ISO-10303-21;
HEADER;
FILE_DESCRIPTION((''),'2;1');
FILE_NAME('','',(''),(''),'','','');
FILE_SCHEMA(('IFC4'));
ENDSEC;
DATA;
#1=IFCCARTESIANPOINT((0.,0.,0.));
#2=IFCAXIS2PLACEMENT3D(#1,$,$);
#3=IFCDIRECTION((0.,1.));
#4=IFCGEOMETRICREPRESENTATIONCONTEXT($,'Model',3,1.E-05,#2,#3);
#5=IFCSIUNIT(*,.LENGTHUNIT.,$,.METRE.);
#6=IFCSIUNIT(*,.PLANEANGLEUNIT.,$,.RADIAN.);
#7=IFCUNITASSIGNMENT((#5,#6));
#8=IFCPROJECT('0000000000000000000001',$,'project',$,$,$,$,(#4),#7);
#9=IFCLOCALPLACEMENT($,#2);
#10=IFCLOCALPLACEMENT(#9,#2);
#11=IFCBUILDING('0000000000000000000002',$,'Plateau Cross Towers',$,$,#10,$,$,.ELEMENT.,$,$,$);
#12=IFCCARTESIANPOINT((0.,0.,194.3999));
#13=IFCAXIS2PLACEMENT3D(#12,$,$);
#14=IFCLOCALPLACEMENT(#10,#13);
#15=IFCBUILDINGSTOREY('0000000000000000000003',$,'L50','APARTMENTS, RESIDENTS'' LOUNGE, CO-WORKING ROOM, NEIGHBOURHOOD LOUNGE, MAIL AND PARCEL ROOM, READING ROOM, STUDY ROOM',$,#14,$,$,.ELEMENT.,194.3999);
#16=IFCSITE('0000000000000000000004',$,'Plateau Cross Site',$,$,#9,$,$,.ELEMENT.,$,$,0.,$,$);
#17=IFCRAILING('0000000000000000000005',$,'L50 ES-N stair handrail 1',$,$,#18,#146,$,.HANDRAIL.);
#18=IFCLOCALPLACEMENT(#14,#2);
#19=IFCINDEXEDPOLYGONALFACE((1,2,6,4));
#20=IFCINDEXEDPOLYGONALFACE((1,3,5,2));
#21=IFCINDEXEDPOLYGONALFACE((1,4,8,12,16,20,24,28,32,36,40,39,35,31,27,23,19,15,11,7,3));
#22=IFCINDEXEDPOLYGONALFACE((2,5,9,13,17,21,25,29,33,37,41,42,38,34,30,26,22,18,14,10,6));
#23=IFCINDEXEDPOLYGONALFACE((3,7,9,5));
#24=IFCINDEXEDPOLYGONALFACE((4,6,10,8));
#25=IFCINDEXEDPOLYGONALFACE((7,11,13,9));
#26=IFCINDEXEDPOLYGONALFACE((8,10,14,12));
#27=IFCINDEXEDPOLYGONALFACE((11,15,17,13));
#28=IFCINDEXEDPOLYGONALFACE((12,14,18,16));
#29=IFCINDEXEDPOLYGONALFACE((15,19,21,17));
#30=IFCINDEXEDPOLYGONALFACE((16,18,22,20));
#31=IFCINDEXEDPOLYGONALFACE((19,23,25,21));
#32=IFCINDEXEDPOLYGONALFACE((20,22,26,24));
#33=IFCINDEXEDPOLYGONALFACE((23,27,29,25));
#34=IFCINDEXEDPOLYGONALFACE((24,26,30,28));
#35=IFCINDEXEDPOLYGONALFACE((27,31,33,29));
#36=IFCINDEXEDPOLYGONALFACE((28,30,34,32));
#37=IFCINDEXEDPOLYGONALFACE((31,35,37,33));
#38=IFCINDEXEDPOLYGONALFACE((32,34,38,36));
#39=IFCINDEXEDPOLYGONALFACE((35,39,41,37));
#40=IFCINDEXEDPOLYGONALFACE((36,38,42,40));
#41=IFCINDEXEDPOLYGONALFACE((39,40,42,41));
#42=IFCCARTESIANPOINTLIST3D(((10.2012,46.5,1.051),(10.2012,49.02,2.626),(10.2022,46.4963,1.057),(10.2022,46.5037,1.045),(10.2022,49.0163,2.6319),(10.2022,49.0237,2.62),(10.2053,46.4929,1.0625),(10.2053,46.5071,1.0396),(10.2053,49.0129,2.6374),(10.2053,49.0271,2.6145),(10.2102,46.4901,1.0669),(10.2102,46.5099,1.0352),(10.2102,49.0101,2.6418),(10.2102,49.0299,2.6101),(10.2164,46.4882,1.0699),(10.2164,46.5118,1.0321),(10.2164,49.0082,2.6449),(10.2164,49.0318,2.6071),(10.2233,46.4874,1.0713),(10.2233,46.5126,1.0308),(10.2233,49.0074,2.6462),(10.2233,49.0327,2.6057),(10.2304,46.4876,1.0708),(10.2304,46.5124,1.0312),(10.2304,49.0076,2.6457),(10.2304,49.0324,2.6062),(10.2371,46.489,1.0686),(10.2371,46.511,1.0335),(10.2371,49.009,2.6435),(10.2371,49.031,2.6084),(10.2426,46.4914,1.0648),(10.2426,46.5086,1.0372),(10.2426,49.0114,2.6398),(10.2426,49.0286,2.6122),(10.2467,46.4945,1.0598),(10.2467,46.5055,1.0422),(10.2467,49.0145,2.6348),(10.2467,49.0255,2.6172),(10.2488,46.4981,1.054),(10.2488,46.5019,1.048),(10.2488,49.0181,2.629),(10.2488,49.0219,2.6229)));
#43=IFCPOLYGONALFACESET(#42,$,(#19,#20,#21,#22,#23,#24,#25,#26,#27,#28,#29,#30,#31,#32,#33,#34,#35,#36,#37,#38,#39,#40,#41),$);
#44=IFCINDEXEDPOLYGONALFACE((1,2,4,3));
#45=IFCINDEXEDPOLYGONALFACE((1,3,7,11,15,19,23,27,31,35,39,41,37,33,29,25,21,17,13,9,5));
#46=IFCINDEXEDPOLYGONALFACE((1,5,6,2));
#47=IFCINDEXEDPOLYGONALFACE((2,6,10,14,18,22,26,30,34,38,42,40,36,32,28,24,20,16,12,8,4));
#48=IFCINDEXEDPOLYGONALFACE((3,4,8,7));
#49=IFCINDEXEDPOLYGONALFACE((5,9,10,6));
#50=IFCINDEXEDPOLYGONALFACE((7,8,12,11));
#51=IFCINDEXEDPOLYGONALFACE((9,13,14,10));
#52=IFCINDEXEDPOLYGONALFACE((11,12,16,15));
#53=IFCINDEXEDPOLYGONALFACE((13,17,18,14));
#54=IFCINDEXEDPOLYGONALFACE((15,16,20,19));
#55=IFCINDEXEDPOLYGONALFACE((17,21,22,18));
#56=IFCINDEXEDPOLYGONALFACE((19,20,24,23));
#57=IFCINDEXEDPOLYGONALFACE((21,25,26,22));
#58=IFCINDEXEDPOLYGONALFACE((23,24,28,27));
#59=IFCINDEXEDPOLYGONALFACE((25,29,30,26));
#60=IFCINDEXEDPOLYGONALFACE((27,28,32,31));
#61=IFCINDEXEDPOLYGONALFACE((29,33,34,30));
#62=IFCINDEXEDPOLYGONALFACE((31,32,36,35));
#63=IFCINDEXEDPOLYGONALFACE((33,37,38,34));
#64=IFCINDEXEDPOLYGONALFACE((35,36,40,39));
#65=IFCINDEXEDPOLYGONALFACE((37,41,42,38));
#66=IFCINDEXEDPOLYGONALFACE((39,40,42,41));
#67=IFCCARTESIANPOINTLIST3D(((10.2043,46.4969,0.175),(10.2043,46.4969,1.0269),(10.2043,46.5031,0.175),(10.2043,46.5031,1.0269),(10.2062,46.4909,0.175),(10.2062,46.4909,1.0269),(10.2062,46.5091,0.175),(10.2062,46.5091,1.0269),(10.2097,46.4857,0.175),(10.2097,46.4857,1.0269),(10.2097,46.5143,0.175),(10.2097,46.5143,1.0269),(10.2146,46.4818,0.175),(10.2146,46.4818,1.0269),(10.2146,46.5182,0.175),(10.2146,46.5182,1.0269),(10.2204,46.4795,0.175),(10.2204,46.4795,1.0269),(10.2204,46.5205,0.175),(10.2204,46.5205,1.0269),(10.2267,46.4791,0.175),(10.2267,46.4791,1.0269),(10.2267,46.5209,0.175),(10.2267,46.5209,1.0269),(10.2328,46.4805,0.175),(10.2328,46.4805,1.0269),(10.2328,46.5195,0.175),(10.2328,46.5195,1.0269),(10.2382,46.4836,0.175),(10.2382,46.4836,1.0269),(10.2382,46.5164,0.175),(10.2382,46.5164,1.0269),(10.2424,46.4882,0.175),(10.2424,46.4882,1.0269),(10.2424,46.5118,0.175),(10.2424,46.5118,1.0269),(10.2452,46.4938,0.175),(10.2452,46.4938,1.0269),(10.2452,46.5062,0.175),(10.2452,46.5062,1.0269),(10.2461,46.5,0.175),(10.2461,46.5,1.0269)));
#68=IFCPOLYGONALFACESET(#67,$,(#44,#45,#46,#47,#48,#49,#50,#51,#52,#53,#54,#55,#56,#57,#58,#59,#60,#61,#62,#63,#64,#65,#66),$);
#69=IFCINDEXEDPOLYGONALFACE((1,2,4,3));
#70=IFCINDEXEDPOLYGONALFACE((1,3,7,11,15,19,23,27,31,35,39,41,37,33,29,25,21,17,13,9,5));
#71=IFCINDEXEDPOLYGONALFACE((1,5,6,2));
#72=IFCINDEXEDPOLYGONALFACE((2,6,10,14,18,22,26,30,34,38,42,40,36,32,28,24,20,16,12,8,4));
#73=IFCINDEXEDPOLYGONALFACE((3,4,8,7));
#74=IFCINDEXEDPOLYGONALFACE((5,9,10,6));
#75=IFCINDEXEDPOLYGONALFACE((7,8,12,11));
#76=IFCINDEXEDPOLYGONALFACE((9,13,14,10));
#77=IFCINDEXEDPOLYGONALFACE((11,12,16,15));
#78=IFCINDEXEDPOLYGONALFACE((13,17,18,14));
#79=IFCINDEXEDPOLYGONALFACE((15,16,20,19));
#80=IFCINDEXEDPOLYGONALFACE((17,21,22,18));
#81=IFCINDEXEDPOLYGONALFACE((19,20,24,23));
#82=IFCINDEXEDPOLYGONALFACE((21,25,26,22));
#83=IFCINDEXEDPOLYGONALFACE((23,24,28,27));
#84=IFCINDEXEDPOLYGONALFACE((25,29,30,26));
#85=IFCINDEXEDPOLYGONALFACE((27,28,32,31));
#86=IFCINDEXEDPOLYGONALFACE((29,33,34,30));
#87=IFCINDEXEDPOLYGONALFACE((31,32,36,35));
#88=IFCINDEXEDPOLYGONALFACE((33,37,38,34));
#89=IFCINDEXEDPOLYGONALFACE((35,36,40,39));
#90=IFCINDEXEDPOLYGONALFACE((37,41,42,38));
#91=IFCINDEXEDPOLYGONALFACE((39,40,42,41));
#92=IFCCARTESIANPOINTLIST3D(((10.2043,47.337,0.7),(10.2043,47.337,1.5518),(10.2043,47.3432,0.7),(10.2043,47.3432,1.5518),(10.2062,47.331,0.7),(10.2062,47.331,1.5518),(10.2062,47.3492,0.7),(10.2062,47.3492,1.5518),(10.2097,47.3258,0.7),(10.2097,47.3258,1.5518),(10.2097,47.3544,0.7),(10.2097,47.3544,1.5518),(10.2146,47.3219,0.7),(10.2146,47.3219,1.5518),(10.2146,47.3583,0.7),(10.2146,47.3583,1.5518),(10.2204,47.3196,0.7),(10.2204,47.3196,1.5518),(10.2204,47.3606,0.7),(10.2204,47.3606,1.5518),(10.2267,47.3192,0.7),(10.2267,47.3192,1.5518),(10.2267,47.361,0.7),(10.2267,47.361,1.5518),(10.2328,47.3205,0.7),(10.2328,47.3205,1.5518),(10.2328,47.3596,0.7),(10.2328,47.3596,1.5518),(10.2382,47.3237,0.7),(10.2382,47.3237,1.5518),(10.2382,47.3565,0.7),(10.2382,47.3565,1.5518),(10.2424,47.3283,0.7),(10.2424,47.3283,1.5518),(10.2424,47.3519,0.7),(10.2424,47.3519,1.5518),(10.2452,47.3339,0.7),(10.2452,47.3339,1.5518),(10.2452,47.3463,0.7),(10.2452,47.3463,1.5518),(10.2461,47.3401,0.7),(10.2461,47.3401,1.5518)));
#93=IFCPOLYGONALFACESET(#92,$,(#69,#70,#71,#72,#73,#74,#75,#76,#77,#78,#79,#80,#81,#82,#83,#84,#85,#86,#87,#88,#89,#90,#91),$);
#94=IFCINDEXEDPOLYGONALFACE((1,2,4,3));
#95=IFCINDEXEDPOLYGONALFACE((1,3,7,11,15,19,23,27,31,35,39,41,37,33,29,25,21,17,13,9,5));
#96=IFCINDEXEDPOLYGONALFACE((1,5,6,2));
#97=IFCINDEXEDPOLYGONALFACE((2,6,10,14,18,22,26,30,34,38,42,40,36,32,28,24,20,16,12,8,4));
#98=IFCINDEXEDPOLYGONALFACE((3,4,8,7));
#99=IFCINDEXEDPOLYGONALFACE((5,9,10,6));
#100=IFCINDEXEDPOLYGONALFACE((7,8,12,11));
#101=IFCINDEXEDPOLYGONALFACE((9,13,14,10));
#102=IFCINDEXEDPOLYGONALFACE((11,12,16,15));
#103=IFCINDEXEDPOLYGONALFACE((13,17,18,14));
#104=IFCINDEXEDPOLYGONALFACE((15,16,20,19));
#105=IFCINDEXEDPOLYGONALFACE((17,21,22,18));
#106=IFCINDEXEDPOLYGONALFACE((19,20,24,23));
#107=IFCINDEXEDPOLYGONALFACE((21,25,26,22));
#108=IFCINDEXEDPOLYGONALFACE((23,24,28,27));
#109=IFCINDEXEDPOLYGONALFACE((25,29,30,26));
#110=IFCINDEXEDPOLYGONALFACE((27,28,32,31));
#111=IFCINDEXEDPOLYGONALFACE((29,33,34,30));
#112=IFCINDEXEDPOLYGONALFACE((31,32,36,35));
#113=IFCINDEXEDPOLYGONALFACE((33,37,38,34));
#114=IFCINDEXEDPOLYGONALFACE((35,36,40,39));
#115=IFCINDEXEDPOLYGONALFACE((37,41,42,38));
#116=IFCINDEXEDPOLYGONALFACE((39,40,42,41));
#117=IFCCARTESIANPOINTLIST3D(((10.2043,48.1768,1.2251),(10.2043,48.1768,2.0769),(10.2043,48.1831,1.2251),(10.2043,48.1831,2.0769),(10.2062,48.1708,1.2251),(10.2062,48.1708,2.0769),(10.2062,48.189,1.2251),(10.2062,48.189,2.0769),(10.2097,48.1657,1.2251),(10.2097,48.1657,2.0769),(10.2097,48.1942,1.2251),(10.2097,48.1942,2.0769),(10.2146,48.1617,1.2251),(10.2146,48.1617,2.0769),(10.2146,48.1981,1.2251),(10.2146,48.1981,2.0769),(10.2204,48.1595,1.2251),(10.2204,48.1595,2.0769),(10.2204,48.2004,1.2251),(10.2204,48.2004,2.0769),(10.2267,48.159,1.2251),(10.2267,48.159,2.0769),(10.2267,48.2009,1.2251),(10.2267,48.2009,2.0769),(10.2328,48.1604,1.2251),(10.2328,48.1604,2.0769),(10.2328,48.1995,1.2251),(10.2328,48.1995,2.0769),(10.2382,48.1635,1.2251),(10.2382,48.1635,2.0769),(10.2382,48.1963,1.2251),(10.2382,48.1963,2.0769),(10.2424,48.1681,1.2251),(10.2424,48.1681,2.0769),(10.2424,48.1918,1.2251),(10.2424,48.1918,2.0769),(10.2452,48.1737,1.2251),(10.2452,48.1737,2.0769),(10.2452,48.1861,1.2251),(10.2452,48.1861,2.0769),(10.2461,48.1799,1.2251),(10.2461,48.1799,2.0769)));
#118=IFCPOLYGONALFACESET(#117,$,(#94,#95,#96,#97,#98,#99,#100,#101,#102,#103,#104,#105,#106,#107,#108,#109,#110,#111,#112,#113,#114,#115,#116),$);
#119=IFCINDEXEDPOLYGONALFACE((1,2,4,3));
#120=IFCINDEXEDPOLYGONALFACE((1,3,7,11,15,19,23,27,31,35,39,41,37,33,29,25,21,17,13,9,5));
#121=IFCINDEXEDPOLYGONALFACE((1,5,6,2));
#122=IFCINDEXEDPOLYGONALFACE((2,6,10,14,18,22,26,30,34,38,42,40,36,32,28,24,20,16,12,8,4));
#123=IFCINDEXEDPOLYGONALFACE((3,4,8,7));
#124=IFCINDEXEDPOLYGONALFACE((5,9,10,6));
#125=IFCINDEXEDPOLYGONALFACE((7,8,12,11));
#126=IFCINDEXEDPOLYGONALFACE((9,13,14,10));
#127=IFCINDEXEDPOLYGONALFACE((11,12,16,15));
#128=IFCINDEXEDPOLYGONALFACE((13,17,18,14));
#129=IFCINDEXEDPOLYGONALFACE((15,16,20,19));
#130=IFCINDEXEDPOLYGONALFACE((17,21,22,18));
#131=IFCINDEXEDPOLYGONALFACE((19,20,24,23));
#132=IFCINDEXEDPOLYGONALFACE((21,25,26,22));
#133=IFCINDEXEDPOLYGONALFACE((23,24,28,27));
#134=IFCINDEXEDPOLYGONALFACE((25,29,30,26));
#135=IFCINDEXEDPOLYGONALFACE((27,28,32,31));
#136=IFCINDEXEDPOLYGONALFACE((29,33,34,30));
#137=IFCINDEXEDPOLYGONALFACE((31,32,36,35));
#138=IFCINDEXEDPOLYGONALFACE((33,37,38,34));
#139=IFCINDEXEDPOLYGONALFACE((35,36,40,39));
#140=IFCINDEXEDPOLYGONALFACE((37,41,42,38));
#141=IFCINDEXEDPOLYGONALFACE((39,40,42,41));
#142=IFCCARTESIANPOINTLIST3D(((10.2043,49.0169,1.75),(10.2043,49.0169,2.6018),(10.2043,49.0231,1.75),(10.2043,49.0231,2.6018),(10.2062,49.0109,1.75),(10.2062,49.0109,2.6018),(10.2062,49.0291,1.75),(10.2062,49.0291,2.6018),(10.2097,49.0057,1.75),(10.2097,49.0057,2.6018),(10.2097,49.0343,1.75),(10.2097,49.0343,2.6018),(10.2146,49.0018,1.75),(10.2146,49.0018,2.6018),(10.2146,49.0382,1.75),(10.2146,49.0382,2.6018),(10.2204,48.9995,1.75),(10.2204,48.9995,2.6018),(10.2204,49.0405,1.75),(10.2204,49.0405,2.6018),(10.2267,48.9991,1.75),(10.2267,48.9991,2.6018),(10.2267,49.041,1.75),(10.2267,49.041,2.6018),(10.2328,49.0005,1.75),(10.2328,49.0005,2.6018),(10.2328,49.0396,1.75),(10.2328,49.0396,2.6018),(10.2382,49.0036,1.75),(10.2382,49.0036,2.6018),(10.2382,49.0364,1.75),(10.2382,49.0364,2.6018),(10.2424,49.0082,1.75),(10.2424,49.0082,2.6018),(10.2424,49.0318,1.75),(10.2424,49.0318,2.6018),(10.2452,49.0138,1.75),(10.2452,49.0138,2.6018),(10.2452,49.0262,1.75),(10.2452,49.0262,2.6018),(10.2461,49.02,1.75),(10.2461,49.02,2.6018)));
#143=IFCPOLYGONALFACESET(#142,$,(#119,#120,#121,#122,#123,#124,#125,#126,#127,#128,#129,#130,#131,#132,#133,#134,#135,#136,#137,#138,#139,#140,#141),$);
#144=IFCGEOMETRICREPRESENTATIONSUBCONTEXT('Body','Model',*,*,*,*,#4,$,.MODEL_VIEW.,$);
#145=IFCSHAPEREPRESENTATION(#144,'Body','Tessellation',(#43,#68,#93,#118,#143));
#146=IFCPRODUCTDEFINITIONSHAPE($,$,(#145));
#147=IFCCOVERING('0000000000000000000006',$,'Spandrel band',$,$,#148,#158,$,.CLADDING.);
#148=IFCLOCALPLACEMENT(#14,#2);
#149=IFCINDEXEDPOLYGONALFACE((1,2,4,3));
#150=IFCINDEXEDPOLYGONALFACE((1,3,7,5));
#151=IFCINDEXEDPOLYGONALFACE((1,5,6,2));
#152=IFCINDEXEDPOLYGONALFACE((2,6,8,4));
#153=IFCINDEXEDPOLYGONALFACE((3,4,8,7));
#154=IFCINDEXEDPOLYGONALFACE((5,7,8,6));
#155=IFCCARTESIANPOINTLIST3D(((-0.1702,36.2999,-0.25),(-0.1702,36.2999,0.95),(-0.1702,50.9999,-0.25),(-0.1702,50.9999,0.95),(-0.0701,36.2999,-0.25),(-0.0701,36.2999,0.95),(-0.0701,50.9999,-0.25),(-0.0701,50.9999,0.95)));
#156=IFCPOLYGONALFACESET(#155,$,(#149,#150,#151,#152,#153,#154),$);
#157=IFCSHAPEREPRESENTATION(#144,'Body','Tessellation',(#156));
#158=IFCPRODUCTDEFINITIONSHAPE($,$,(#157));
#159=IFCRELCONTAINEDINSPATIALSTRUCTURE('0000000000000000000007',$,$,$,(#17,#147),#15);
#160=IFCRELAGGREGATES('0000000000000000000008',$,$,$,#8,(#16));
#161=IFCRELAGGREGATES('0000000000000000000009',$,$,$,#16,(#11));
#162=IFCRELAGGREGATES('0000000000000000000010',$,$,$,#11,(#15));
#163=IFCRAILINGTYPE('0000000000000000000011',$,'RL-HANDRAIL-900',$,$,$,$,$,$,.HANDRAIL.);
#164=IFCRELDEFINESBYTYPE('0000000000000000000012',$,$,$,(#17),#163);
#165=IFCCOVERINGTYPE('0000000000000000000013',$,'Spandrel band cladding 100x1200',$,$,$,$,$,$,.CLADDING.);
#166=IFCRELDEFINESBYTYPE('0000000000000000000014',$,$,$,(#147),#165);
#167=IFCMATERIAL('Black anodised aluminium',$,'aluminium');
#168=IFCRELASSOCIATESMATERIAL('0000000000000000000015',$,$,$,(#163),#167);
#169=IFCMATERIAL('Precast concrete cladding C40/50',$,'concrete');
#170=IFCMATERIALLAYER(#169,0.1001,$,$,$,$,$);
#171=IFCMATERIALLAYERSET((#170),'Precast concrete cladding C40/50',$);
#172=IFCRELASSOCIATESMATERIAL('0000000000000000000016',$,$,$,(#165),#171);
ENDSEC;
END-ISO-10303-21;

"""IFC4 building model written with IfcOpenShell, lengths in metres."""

from ifc_helpers import new_model, si_unit, direction, frame, origin, origin_2d, place, context, subcontext, project, spatial, rectangle, circle, extrude, material, layer, layer_set, type_object, element, save


model = new_model("IFC4")

# Units and contexts
model_context = context("Model", 3, precision=1e-05, world=origin(), true_north=direction((0.0, 1.0)))
body_context = subcontext(model_context, "Body", "Model", "MODEL_VIEW")
ifc_project = project(units=[si_unit("LENGTHUNIT", "METRE"), si_unit("PLANEANGLEUNIT", "RADIAN")], contexts=[model_context])

# Site, building, storey
site_placement = place(None, origin())
site = spatial("IfcSite", under=ifc_project, at=site_placement, Name="Plateau Cross Site", CompositionType="ELEMENT", RefElevation=0.0)
building_placement = place(site_placement, origin())
building = spatial("IfcBuilding", under=site, at=building_placement, Name="Plateau Cross Towers", CompositionType="ELEMENT")
storey_placement = place(building_placement, frame((0.0, 0.0, 194.3999)))
storey = spatial("IfcBuildingStorey", under=building, at=storey_placement, Name="L50", Description="APARTMENTS, RESIDENTS' LOUNGE, CO-WORKING ROOM, NEIGHBOURHOOD LOUNGE, MAIL AND PARCEL ROOM, READING ROOM, STUDY ROOM", CompositionType="ELEMENT", Elevation=194.3999)

# Shared definitions
ifc_material_1 = material(Name="Black anodised aluminium", Category="aluminium")

# Railing
railing_type_1 = type_object("IfcRailingType", Name="RL-HANDRAIL-900", PredefinedType="HANDRAIL", material=ifc_material_1)
railing_1_placement = place(storey_placement, frame((10.2251, 46.5, 0.175)))
element("IfcRailing", 1, at=railing_1_placement, inside=storey, type_object=railing_type_1, Name="L50 ES-N stair handrail 1", PredefinedType="HANDRAIL", context=body_context, shape_type="SweptSolid", body=[
    extrude(circle(Radius=0.0239, at=origin_2d()), frame((0.0, 0.0, 0.876), z_axis=(0.0, 0.848008, 0.529984), x_axis=(-1.0, 0.0, 0.0)), (0.0, 0.0, 1.0), 2.9717),
    extrude(circle(Radius=0.021, at=origin_2d()), origin(), (0.0, 0.0, 1.0), 0.8518),
    extrude(circle(Radius=0.021, at=origin_2d()), frame((0.0, 0.8401, 0.5249)), (0.0, 0.0, 1.0), 0.8518),
    extrude(circle(Radius=0.021, at=origin_2d()), frame((0.0, 1.6799, 1.05)), (0.0, 0.0, 1.0), 0.8518),
    extrude(circle(Radius=0.021, at=origin_2d()), frame((0.0, 2.52, 1.575)), (0.0, 0.0, 1.0), 0.8518),
])

# Covering
ifc_material_2 = material(Name="Precast concrete cladding C40/50", Category="concrete")
ifc_layer_1 = layer(ifc_material_2, 0.1001)
ifc_layer_set_1 = layer_set([ifc_layer_1], Name="Precast concrete cladding C40/50")
covering_type = type_object("IfcCoveringType", Name="Spandrel band cladding 100x1200", PredefinedType="CLADDING", material=ifc_layer_set_1)
covering_placement = place(storey_placement, frame((-0.1201, 43.6499, -0.25), z_axis=(0.0, 0.0, 1.0), x_axis=(0.0, -1.0, 0.0)))
element("IfcCovering", 2, at=covering_placement, inside=storey, type_object=covering_type, Name="Spandrel band", PredefinedType="CLADDING", context=body_context, shape_type="SweptSolid", body=[
    extrude(rectangle(XDim=14.7, YDim=0.1001, at=origin_2d()), origin(), (0.0, 0.0, 1.0), 1.2),
])

save(model, "model.ifc")
